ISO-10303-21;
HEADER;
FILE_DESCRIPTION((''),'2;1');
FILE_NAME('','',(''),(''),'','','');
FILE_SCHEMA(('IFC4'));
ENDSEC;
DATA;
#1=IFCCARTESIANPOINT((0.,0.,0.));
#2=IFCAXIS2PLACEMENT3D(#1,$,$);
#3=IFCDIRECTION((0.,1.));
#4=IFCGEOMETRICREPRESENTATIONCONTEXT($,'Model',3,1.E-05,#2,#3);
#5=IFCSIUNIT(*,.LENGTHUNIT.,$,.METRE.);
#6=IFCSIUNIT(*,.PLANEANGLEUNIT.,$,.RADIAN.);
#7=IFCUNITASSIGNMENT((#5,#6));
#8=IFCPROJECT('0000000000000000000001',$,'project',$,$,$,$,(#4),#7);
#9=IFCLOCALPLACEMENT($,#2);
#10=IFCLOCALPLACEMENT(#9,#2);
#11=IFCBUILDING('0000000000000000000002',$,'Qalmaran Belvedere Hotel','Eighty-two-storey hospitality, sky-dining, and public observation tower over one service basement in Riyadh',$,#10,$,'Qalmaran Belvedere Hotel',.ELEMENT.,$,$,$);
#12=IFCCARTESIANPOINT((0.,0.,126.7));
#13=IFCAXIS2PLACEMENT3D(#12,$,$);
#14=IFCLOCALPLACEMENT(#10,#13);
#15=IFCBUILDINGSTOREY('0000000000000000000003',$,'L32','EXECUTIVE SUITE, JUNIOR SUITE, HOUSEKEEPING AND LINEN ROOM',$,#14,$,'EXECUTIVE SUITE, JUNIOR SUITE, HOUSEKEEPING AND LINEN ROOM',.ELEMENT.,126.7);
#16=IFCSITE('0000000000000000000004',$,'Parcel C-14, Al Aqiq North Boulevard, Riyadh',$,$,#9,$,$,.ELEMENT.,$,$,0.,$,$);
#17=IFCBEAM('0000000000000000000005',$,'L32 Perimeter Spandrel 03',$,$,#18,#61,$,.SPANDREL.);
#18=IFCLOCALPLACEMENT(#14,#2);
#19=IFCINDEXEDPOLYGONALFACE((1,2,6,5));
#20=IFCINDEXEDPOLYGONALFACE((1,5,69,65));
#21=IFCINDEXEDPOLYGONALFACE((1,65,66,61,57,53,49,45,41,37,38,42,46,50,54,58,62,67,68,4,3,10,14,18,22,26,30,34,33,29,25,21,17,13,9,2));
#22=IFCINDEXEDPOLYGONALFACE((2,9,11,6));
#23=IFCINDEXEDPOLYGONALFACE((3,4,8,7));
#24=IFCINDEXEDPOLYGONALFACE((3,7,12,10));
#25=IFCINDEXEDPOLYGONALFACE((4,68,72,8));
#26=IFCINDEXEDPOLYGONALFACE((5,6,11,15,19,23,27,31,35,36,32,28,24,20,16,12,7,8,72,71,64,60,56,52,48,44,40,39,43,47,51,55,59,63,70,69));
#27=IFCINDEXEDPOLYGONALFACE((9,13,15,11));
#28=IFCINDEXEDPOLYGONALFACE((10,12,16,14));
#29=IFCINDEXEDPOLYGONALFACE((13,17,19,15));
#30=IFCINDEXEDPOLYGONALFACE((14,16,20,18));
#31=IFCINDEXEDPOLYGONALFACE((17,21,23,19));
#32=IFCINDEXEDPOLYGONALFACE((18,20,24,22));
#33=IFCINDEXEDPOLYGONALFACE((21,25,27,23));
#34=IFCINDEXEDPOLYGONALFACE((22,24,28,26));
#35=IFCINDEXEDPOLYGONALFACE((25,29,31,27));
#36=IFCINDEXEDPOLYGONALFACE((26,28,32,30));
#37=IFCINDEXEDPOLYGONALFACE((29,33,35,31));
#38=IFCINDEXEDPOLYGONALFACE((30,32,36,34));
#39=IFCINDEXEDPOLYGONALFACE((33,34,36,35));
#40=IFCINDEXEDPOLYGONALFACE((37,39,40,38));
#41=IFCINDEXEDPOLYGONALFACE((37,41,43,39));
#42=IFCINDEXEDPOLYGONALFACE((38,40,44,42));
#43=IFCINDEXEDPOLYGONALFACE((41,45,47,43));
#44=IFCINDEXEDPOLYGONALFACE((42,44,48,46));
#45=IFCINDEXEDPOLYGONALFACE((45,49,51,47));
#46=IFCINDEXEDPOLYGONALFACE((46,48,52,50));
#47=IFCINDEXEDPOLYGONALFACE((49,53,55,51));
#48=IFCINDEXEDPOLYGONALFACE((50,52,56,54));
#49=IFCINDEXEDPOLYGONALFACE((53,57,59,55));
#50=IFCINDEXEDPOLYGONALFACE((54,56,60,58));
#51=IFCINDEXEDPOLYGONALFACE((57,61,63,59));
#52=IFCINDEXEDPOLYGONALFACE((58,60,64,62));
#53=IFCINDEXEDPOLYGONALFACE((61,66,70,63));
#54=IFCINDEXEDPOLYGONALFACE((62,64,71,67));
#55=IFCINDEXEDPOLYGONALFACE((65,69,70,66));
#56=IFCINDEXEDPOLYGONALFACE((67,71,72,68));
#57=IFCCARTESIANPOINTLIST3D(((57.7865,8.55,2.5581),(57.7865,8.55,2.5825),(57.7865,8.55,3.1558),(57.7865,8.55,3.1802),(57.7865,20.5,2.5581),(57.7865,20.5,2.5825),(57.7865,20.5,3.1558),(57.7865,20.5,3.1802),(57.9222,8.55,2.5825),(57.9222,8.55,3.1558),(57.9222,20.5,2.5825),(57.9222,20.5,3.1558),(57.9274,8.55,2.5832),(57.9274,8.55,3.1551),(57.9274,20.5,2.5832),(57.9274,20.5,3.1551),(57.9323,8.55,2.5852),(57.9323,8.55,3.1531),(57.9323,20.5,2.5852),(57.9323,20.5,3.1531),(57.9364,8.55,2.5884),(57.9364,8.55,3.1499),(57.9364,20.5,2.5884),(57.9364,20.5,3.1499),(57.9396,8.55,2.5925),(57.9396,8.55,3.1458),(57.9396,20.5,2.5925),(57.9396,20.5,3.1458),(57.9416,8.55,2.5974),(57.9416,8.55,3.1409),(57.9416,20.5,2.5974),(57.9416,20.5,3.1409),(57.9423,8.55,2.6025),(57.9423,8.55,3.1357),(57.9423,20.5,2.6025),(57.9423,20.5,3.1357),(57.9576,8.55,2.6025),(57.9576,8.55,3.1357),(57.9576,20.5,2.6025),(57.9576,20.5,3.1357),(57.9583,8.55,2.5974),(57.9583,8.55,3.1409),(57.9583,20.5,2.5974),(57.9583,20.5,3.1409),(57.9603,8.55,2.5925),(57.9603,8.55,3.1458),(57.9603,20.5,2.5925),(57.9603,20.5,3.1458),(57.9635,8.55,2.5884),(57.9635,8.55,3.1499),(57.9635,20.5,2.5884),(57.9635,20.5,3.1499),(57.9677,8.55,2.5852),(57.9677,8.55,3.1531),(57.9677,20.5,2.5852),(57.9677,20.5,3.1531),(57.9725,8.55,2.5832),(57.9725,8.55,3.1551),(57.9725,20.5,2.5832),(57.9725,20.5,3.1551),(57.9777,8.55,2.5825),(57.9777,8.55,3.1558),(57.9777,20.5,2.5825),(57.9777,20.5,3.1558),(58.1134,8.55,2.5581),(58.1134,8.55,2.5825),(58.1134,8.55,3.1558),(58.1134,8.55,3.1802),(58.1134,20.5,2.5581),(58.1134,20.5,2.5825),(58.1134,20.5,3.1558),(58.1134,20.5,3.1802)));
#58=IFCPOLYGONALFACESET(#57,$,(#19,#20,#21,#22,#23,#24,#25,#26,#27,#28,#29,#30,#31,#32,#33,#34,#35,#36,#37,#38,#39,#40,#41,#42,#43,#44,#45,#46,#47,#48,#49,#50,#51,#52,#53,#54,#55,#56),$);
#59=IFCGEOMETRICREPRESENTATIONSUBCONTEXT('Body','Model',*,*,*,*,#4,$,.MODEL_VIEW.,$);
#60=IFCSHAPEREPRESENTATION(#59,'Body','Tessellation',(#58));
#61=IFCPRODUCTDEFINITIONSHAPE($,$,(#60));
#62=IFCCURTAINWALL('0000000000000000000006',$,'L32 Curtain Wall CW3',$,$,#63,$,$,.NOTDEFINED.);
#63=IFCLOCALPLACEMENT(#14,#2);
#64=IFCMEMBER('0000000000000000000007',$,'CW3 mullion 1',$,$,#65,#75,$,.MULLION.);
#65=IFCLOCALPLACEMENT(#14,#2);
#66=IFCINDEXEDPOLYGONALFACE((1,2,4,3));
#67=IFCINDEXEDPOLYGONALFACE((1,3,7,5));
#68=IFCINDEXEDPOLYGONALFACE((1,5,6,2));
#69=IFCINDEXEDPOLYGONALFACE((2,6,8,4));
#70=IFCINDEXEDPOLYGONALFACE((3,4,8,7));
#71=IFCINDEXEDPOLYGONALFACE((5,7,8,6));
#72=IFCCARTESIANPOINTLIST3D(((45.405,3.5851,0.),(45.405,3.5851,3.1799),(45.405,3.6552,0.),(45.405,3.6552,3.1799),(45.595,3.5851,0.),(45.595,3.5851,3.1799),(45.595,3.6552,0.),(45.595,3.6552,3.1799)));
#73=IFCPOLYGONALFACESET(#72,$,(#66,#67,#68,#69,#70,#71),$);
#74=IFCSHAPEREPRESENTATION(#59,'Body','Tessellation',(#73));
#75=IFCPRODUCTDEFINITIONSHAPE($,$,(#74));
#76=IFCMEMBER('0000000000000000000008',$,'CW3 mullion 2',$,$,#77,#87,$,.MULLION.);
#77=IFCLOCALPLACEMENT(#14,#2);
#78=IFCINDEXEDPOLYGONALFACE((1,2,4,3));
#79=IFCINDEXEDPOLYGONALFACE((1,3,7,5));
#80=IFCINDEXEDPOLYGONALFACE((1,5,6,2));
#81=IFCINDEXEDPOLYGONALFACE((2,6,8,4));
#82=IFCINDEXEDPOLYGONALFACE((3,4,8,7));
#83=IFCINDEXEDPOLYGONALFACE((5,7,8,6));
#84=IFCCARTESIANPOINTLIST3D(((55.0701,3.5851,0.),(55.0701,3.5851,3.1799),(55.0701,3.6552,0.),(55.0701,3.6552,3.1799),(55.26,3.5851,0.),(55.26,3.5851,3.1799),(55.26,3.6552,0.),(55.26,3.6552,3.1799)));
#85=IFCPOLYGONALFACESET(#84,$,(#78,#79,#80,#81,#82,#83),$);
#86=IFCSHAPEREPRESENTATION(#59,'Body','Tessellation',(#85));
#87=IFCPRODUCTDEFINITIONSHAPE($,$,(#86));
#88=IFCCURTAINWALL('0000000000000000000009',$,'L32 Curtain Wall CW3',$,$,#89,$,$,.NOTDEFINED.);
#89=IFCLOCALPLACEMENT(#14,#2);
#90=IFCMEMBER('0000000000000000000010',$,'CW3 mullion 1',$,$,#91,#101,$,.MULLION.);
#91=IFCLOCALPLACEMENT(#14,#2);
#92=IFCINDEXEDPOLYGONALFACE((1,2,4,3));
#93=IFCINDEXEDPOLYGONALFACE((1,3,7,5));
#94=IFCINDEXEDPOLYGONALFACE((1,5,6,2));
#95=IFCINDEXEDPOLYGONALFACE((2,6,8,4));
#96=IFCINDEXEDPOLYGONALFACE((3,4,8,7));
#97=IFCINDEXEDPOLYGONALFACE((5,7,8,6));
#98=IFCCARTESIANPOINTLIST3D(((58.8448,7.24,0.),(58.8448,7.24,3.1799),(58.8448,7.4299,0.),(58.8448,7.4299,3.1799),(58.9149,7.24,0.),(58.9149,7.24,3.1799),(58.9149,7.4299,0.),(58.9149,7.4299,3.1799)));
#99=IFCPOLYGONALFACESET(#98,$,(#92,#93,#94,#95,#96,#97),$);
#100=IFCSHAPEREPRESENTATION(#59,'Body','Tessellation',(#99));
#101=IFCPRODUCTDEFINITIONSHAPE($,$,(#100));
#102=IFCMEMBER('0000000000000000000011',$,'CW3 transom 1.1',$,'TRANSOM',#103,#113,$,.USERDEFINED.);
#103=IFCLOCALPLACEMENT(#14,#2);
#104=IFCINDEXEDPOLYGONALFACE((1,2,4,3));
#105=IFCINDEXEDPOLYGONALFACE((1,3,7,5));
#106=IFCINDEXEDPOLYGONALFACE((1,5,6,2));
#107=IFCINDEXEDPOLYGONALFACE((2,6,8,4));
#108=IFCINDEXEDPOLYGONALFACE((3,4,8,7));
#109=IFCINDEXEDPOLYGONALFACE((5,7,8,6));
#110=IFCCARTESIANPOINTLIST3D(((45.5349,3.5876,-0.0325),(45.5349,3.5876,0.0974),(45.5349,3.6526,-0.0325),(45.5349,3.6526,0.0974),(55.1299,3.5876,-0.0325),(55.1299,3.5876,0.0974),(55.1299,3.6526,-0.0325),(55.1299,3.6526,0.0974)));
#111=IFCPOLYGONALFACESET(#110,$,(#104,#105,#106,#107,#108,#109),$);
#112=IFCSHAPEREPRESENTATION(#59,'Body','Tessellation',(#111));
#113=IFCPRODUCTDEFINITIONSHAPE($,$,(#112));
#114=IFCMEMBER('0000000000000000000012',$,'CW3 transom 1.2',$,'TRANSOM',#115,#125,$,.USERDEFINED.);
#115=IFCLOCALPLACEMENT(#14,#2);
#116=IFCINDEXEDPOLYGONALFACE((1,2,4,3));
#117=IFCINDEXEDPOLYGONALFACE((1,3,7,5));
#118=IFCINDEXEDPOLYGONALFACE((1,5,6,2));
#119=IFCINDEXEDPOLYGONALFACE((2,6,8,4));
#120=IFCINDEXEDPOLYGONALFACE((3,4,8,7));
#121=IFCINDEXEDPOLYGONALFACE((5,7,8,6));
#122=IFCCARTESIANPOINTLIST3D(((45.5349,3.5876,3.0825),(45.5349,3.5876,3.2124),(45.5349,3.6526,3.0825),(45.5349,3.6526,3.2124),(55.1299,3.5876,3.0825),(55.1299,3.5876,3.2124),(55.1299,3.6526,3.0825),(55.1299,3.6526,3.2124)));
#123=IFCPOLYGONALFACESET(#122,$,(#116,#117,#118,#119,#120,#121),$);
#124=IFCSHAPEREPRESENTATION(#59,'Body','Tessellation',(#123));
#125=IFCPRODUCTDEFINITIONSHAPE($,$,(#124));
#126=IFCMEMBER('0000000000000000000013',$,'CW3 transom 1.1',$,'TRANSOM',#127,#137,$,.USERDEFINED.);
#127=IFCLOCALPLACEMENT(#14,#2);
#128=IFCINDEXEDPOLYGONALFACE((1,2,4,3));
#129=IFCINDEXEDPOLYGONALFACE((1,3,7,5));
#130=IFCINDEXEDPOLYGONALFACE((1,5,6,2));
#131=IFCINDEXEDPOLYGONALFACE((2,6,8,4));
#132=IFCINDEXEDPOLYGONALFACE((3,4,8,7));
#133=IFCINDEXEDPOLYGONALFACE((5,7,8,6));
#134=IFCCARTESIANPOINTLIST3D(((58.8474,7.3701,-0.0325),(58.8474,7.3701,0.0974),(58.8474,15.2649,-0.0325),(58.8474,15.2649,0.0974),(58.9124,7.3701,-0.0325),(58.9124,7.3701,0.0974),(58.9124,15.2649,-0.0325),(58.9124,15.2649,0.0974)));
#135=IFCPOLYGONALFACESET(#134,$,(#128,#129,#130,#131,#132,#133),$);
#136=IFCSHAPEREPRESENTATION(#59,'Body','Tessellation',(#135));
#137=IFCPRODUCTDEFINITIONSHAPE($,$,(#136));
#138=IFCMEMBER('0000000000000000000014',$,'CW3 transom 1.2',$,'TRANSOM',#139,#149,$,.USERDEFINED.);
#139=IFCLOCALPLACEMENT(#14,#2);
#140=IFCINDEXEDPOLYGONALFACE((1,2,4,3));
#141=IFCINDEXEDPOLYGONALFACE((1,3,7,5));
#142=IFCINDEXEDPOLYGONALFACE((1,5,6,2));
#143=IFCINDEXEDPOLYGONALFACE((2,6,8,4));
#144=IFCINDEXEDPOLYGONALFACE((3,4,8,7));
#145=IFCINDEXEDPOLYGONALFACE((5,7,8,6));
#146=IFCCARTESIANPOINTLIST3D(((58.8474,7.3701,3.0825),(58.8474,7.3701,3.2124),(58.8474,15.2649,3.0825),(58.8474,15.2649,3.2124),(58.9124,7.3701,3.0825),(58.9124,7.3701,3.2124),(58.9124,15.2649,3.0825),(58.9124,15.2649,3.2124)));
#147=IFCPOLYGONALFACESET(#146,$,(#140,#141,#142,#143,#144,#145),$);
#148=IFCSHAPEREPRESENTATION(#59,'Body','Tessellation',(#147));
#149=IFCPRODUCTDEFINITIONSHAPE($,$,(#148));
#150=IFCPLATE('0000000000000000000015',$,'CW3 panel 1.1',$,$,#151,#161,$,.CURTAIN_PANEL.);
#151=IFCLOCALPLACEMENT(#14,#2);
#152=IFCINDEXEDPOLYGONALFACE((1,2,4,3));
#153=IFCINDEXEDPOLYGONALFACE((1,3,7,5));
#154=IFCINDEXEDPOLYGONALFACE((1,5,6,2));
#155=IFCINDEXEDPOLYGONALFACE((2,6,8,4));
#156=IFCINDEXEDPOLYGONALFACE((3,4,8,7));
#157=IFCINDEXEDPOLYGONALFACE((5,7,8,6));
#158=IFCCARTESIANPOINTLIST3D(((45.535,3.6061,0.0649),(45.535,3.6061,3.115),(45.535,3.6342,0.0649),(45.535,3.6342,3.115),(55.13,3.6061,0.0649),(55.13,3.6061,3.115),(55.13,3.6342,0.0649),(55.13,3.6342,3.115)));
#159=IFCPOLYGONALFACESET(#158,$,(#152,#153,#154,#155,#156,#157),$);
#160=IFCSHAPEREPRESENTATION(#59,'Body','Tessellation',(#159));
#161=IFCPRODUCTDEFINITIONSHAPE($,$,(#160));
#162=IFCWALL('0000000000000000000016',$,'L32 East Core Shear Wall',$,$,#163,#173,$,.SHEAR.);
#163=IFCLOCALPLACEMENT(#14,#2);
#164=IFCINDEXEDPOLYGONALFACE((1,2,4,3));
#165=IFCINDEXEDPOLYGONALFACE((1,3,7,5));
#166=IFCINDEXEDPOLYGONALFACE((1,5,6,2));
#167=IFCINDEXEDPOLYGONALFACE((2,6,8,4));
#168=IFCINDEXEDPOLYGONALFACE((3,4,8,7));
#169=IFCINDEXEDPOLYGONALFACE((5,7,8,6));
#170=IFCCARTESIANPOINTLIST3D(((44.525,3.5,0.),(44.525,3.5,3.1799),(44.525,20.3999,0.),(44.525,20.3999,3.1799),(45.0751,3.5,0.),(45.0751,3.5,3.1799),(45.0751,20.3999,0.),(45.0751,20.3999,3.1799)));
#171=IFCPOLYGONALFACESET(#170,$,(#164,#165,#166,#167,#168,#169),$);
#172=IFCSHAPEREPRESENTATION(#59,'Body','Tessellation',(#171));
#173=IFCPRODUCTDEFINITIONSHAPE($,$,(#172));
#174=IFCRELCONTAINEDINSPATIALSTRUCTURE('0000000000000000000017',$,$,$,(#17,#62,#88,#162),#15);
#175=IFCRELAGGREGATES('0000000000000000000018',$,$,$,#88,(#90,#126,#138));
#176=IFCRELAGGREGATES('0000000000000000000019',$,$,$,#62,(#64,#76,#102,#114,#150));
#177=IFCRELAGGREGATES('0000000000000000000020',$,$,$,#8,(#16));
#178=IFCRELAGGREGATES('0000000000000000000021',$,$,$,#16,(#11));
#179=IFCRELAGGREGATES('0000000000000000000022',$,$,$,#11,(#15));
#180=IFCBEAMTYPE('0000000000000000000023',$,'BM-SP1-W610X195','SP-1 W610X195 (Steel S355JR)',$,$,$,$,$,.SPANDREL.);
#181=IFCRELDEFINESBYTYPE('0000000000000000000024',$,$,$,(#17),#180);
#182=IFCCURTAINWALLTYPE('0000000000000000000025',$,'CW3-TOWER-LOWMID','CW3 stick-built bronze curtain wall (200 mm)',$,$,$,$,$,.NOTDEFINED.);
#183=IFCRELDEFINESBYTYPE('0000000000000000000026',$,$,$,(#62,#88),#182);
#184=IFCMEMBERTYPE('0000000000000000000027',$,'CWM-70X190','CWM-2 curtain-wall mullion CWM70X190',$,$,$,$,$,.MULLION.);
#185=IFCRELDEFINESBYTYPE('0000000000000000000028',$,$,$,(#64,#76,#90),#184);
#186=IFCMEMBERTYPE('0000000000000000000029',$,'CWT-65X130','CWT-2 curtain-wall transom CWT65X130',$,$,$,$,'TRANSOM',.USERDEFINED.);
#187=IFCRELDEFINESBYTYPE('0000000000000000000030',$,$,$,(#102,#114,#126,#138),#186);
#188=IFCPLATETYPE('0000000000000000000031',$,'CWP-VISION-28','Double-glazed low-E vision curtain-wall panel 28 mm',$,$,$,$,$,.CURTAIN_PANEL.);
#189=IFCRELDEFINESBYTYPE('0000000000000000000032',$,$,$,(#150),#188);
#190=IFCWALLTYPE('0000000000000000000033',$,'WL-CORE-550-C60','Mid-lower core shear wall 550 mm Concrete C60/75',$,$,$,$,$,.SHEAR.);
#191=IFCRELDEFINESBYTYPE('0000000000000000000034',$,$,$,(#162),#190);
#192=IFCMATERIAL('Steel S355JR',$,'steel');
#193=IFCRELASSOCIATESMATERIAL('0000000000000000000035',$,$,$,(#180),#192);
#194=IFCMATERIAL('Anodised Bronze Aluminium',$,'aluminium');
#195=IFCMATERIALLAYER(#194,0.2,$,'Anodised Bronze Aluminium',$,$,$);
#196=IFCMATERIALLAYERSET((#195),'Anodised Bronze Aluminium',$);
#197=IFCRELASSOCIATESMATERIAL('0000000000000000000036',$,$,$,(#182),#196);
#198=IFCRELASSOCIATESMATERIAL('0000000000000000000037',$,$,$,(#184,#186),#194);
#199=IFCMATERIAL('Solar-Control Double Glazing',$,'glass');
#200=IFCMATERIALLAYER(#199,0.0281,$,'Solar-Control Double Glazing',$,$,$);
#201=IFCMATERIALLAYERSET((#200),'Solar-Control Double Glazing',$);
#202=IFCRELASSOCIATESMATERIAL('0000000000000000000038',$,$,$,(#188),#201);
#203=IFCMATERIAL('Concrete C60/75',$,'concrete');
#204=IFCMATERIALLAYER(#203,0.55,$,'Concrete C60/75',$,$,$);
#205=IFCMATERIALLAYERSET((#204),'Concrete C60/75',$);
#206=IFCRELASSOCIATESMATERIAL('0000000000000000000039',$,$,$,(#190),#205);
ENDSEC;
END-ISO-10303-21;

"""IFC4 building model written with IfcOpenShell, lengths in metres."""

from ifc_helpers import new_model, si_unit, direction, frame, frame_2d, origin, origin_2d, place, context, subcontext, project, spatial, rectangle, i_section, extrude, material, layer, layer_set, material_profile, profile_set, type_object, element, aggregate, save


model = new_model("IFC4")

# Units and contexts
model_context = context("Model", 3, precision=1e-05, world=origin(), true_north=direction((0.0, 1.0)))
body_context = subcontext(model_context, "Body", "Model", "MODEL_VIEW")
ifc_project = project(units=[si_unit("LENGTHUNIT", "METRE"), si_unit("PLANEANGLEUNIT", "RADIAN")], contexts=[model_context])

# Site, building, storey
site_placement = place(None, origin())
site = spatial("IfcSite", under=ifc_project, at=site_placement, Name="Parcel C-14, Al Aqiq North Boulevard, Riyadh", CompositionType="ELEMENT", RefElevation=0.0)
building_placement = place(site_placement, origin())
building = spatial("IfcBuilding", under=site, at=building_placement, Name="Qalmaran Belvedere Hotel", Description="Eighty-two-storey hospitality, sky-dining, and public observation tower over one service basement in Riyadh", LongName="Qalmaran Belvedere Hotel", CompositionType="ELEMENT")
storey_placement = place(building_placement, frame((0.0, 0.0, 126.7)))
storey = spatial("IfcBuildingStorey", under=building, at=storey_placement, Name="L32", Description="EXECUTIVE SUITE, JUNIOR SUITE, HOUSEKEEPING AND LINEN ROOM", LongName="EXECUTIVE SUITE, JUNIOR SUITE, HOUSEKEEPING AND LINEN ROOM", CompositionType="ELEMENT", Elevation=126.7)

# Shared definitions
ifc_material_1 = material(Name="Concrete C60/75", Category="concrete")

# Beam
ifc_material_2 = material(Name="Steel S355JR", Category="steel")
ifc_material_profile_1 = material_profile(ifc_material_2, i_section(OverallWidth=0.3269, OverallDepth=0.6221, WebThickness=0.0154, FlangeThickness=0.0244, FilletRadius=0.02, at=origin_2d()), Name="W610X195")
ifc_profile_set_1 = profile_set([ifc_material_profile_1], Name="Steel S355JR")
beam_type_1 = type_object("IfcBeamType", Name="BM-SP1-W610X195", Description="SP-1 W610X195 (Steel S355JR)", PredefinedType="SPANDREL", material=ifc_profile_set_1)
beam_1_placement = place(storey_placement, frame((57.95, 8.55, 2.8691), z_axis=(0.0, 1.0, 0.0), x_axis=(-1.0, 0.0, 0.0)))
element("IfcBeam", 1, at=beam_1_placement, inside=storey, type_object=beam_type_1, Name="L32 Perimeter Spandrel 03", PredefinedType="SPANDREL", context=body_context, shape_type="SweptSolid", body=[
    extrude(i_section(OverallWidth=0.3269, OverallDepth=0.6221, WebThickness=0.0154, FlangeThickness=0.0244, FilletRadius=0.02, at=origin_2d()), origin(), (0.0, 0.0, 1.0), 11.95),
])

# Curtain wall, members
ifc_material_3 = material(Name="Anodised Bronze Aluminium", Category="aluminium")
ifc_layer_1 = layer(ifc_material_3, 0.2, Name="Anodised Bronze Aluminium")
ifc_layer_set_1 = layer_set([ifc_layer_1], Name="Anodised Bronze Aluminium")
curtain_wall_type = type_object("IfcCurtainWallType", Name="CW3-TOWER-LOWMID", Description="CW3 stick-built bronze curtain wall (200 mm)", PredefinedType="NOTDEFINED", material=ifc_layer_set_1)
curtain_wall_1_placement = place(storey_placement, origin())
curtain_wall_1 = element("IfcCurtainWall", 2, at=curtain_wall_1_placement, inside=storey, type_object=curtain_wall_type, Name="L32 Curtain Wall CW3", PredefinedType="NOTDEFINED")
ifc_material_profile_2 = material_profile(ifc_material_3, rectangle(XDim=0.0701, YDim=0.1899, at=origin_2d()), Name="CWM70X190")
ifc_profile_set_2 = profile_set([ifc_material_profile_2], Name="Anodised Bronze Aluminium")
member_type_1 = type_object("IfcMemberType", Name="CWM-70X190", Description="CWM-2 curtain-wall mullion CWM70X190", PredefinedType="MULLION", material=ifc_profile_set_2)
member_1_placement = place(storey_placement, frame((45.5, 3.6201, 0.0), z_axis=(0.0, 0.0, 1.0), x_axis=(0.0, 1.0, 0.0)))
member_1 = element("IfcMember", 3, at=member_1_placement, type_object=member_type_1, Name="CW3 mullion 1", PredefinedType="MULLION", context=body_context, shape_type="SweptSolid", body=[
    extrude(rectangle(XDim=0.0701, YDim=0.1899, at=origin_2d()), origin(), (0.0, 0.0, 1.0), 3.1799),
])
member_2_placement = place(storey_placement, frame((55.165, 3.6201, 0.0), z_axis=(0.0, 0.0, 1.0), x_axis=(0.0, 1.0, 0.0)))
member_2 = element("IfcMember", 4, at=member_2_placement, type_object=member_type_1, Name="CW3 mullion 2", PredefinedType="MULLION", context=body_context, shape_type="SweptSolid", body=[
    extrude(rectangle(XDim=0.0701, YDim=0.1899, at=origin_2d()), origin(), (0.0, 0.0, 1.0), 3.1799),
])

# Curtain wall, member
curtain_wall_2_placement = place(storey_placement, origin())
curtain_wall_2 = element("IfcCurtainWall", 5, at=curtain_wall_2_placement, inside=storey, type_object=curtain_wall_type, Name="L32 Curtain Wall CW3", PredefinedType="NOTDEFINED")
member_3_placement = place(storey_placement, frame((58.8799, 7.335, 0.0), z_axis=(0.0, 0.0, 1.0), x_axis=(-1.0, 0.0, 0.0)))
member_3 = element("IfcMember", 6, at=member_3_placement, type_object=member_type_1, Name="CW3 mullion 1", PredefinedType="MULLION", context=body_context, shape_type="SweptSolid", body=[
    extrude(rectangle(XDim=0.0701, YDim=0.1899, at=origin_2d()), origin(), (0.0, 0.0, 1.0), 3.1799),
])

# Members
ifc_material_profile_3 = material_profile(ifc_material_3, rectangle(XDim=0.0649, YDim=0.1299, at=origin_2d()), Name="CWT65X130")
ifc_profile_set_3 = profile_set([ifc_material_profile_3], Name="Anodised Bronze Aluminium")
member_type_2 = type_object("IfcMemberType", Name="CWT-65X130", Description="CWT-2 curtain-wall transom CWT65X130", ElementType="TRANSOM", PredefinedType="USERDEFINED", material=ifc_profile_set_3)
member_4_placement = place(storey_placement, frame((45.5349, 3.6201, 0.0325), z_axis=(1.0, 0.0, 0.0), x_axis=(0.0, 1.0, 0.0)))
member_4 = element("IfcMember", 7, at=member_4_placement, type_object=member_type_2, Name="CW3 transom 1.1", ObjectType="TRANSOM", PredefinedType="USERDEFINED", context=body_context, shape_type="SweptSolid", body=[
    extrude(rectangle(XDim=0.0649, YDim=0.1299, at=origin_2d()), origin(), (0.0, 0.0, 1.0), 9.595),
])
member_5_placement = place(storey_placement, frame((45.5349, 3.6201, 3.1475), z_axis=(1.0, 0.0, 0.0), x_axis=(0.0, 1.0, 0.0)))
member_5 = element("IfcMember", 8, at=member_5_placement, type_object=member_type_2, Name="CW3 transom 1.2", ObjectType="TRANSOM", PredefinedType="USERDEFINED", context=body_context, shape_type="SweptSolid", body=[
    extrude(rectangle(XDim=0.0649, YDim=0.1299, at=origin_2d()), origin(), (0.0, 0.0, 1.0), 9.595),
])
member_6_placement = place(storey_placement, frame((58.8799, 7.3701, 0.0325), z_axis=(0.0, 1.0, 0.0), x_axis=(-1.0, 0.0, 0.0)))
member_6 = element("IfcMember", 9, at=member_6_placement, type_object=member_type_2, Name="CW3 transom 1.1", ObjectType="TRANSOM", PredefinedType="USERDEFINED", context=body_context, shape_type="SweptSolid", body=[
    extrude(rectangle(XDim=0.0649, YDim=0.1299, at=origin_2d()), origin(), (0.0, 0.0, 1.0), 7.8948),
])
member_7_placement = place(storey_placement, frame((58.8799, 7.3701, 3.1475), z_axis=(0.0, 1.0, 0.0), x_axis=(-1.0, 0.0, 0.0)))
member_7 = element("IfcMember", 10, at=member_7_placement, type_object=member_type_2, Name="CW3 transom 1.2", ObjectType="TRANSOM", PredefinedType="USERDEFINED", context=body_context, shape_type="SweptSolid", body=[
    extrude(rectangle(XDim=0.0649, YDim=0.1299, at=origin_2d()), origin(), (0.0, 0.0, 1.0), 7.8948),
])
aggregate(curtain_wall_2, [member_3, member_6, member_7])

# Plate
ifc_material_4 = material(Name="Solar-Control Double Glazing", Category="glass")
ifc_layer_2 = layer(ifc_material_4, 0.0281, Name="Solar-Control Double Glazing")
ifc_layer_set_2 = layer_set([ifc_layer_2], Name="Solar-Control Double Glazing")
plate_type = type_object("IfcPlateType", Name="CWP-VISION-28", Description="Double-glazed low-E vision curtain-wall panel 28 mm", PredefinedType="CURTAIN_PANEL", material=ifc_layer_set_2)
plate_placement = place(storey_placement, frame((50.3325, 3.6201, 0.0649), z_axis=(0.0, 0.0, 1.0), x_axis=(1.0, 0.0, 0.0)))
plate = element("IfcPlate", 11, at=plate_placement, type_object=plate_type, Name="CW3 panel 1.1", PredefinedType="CURTAIN_PANEL", context=body_context, shape_type="SweptSolid", body=[
    extrude(rectangle(XDim=9.595, YDim=0.0281, at=origin_2d()), origin(), (0.0, 0.0, 1.0), 3.05),
])
aggregate(curtain_wall_1, [member_1, member_2, member_4, member_5, plate])

# Wall
ifc_layer_3 = layer(ifc_material_1, 0.55, Name="Concrete C60/75")
ifc_layer_set_3 = layer_set([ifc_layer_3], Name="Concrete C60/75")
wall_type_1 = type_object("IfcWallType", Name="WL-CORE-550-C60", Description="Mid-lower core shear wall 550 mm Concrete C60/75", PredefinedType="SHEAR", material=ifc_layer_set_3)
wall_1_placement = place(storey_placement, frame((44.8, 3.5, 0.0), z_axis=(0.0, 0.0, 1.0), x_axis=(0.0, 1.0, 0.0)))
element("IfcWall", 12, at=wall_1_placement, inside=storey, type_object=wall_type_1, Name="L32 East Core Shear Wall", PredefinedType="SHEAR", context=body_context, shape_type="SweptSolid", body=[
    extrude(rectangle(XDim=16.8999, YDim=0.55, at=frame_2d((8.45, 0.0))), origin(), (0.0, 0.0, 1.0), 3.1799),
])

save(model, "model.ifc")
